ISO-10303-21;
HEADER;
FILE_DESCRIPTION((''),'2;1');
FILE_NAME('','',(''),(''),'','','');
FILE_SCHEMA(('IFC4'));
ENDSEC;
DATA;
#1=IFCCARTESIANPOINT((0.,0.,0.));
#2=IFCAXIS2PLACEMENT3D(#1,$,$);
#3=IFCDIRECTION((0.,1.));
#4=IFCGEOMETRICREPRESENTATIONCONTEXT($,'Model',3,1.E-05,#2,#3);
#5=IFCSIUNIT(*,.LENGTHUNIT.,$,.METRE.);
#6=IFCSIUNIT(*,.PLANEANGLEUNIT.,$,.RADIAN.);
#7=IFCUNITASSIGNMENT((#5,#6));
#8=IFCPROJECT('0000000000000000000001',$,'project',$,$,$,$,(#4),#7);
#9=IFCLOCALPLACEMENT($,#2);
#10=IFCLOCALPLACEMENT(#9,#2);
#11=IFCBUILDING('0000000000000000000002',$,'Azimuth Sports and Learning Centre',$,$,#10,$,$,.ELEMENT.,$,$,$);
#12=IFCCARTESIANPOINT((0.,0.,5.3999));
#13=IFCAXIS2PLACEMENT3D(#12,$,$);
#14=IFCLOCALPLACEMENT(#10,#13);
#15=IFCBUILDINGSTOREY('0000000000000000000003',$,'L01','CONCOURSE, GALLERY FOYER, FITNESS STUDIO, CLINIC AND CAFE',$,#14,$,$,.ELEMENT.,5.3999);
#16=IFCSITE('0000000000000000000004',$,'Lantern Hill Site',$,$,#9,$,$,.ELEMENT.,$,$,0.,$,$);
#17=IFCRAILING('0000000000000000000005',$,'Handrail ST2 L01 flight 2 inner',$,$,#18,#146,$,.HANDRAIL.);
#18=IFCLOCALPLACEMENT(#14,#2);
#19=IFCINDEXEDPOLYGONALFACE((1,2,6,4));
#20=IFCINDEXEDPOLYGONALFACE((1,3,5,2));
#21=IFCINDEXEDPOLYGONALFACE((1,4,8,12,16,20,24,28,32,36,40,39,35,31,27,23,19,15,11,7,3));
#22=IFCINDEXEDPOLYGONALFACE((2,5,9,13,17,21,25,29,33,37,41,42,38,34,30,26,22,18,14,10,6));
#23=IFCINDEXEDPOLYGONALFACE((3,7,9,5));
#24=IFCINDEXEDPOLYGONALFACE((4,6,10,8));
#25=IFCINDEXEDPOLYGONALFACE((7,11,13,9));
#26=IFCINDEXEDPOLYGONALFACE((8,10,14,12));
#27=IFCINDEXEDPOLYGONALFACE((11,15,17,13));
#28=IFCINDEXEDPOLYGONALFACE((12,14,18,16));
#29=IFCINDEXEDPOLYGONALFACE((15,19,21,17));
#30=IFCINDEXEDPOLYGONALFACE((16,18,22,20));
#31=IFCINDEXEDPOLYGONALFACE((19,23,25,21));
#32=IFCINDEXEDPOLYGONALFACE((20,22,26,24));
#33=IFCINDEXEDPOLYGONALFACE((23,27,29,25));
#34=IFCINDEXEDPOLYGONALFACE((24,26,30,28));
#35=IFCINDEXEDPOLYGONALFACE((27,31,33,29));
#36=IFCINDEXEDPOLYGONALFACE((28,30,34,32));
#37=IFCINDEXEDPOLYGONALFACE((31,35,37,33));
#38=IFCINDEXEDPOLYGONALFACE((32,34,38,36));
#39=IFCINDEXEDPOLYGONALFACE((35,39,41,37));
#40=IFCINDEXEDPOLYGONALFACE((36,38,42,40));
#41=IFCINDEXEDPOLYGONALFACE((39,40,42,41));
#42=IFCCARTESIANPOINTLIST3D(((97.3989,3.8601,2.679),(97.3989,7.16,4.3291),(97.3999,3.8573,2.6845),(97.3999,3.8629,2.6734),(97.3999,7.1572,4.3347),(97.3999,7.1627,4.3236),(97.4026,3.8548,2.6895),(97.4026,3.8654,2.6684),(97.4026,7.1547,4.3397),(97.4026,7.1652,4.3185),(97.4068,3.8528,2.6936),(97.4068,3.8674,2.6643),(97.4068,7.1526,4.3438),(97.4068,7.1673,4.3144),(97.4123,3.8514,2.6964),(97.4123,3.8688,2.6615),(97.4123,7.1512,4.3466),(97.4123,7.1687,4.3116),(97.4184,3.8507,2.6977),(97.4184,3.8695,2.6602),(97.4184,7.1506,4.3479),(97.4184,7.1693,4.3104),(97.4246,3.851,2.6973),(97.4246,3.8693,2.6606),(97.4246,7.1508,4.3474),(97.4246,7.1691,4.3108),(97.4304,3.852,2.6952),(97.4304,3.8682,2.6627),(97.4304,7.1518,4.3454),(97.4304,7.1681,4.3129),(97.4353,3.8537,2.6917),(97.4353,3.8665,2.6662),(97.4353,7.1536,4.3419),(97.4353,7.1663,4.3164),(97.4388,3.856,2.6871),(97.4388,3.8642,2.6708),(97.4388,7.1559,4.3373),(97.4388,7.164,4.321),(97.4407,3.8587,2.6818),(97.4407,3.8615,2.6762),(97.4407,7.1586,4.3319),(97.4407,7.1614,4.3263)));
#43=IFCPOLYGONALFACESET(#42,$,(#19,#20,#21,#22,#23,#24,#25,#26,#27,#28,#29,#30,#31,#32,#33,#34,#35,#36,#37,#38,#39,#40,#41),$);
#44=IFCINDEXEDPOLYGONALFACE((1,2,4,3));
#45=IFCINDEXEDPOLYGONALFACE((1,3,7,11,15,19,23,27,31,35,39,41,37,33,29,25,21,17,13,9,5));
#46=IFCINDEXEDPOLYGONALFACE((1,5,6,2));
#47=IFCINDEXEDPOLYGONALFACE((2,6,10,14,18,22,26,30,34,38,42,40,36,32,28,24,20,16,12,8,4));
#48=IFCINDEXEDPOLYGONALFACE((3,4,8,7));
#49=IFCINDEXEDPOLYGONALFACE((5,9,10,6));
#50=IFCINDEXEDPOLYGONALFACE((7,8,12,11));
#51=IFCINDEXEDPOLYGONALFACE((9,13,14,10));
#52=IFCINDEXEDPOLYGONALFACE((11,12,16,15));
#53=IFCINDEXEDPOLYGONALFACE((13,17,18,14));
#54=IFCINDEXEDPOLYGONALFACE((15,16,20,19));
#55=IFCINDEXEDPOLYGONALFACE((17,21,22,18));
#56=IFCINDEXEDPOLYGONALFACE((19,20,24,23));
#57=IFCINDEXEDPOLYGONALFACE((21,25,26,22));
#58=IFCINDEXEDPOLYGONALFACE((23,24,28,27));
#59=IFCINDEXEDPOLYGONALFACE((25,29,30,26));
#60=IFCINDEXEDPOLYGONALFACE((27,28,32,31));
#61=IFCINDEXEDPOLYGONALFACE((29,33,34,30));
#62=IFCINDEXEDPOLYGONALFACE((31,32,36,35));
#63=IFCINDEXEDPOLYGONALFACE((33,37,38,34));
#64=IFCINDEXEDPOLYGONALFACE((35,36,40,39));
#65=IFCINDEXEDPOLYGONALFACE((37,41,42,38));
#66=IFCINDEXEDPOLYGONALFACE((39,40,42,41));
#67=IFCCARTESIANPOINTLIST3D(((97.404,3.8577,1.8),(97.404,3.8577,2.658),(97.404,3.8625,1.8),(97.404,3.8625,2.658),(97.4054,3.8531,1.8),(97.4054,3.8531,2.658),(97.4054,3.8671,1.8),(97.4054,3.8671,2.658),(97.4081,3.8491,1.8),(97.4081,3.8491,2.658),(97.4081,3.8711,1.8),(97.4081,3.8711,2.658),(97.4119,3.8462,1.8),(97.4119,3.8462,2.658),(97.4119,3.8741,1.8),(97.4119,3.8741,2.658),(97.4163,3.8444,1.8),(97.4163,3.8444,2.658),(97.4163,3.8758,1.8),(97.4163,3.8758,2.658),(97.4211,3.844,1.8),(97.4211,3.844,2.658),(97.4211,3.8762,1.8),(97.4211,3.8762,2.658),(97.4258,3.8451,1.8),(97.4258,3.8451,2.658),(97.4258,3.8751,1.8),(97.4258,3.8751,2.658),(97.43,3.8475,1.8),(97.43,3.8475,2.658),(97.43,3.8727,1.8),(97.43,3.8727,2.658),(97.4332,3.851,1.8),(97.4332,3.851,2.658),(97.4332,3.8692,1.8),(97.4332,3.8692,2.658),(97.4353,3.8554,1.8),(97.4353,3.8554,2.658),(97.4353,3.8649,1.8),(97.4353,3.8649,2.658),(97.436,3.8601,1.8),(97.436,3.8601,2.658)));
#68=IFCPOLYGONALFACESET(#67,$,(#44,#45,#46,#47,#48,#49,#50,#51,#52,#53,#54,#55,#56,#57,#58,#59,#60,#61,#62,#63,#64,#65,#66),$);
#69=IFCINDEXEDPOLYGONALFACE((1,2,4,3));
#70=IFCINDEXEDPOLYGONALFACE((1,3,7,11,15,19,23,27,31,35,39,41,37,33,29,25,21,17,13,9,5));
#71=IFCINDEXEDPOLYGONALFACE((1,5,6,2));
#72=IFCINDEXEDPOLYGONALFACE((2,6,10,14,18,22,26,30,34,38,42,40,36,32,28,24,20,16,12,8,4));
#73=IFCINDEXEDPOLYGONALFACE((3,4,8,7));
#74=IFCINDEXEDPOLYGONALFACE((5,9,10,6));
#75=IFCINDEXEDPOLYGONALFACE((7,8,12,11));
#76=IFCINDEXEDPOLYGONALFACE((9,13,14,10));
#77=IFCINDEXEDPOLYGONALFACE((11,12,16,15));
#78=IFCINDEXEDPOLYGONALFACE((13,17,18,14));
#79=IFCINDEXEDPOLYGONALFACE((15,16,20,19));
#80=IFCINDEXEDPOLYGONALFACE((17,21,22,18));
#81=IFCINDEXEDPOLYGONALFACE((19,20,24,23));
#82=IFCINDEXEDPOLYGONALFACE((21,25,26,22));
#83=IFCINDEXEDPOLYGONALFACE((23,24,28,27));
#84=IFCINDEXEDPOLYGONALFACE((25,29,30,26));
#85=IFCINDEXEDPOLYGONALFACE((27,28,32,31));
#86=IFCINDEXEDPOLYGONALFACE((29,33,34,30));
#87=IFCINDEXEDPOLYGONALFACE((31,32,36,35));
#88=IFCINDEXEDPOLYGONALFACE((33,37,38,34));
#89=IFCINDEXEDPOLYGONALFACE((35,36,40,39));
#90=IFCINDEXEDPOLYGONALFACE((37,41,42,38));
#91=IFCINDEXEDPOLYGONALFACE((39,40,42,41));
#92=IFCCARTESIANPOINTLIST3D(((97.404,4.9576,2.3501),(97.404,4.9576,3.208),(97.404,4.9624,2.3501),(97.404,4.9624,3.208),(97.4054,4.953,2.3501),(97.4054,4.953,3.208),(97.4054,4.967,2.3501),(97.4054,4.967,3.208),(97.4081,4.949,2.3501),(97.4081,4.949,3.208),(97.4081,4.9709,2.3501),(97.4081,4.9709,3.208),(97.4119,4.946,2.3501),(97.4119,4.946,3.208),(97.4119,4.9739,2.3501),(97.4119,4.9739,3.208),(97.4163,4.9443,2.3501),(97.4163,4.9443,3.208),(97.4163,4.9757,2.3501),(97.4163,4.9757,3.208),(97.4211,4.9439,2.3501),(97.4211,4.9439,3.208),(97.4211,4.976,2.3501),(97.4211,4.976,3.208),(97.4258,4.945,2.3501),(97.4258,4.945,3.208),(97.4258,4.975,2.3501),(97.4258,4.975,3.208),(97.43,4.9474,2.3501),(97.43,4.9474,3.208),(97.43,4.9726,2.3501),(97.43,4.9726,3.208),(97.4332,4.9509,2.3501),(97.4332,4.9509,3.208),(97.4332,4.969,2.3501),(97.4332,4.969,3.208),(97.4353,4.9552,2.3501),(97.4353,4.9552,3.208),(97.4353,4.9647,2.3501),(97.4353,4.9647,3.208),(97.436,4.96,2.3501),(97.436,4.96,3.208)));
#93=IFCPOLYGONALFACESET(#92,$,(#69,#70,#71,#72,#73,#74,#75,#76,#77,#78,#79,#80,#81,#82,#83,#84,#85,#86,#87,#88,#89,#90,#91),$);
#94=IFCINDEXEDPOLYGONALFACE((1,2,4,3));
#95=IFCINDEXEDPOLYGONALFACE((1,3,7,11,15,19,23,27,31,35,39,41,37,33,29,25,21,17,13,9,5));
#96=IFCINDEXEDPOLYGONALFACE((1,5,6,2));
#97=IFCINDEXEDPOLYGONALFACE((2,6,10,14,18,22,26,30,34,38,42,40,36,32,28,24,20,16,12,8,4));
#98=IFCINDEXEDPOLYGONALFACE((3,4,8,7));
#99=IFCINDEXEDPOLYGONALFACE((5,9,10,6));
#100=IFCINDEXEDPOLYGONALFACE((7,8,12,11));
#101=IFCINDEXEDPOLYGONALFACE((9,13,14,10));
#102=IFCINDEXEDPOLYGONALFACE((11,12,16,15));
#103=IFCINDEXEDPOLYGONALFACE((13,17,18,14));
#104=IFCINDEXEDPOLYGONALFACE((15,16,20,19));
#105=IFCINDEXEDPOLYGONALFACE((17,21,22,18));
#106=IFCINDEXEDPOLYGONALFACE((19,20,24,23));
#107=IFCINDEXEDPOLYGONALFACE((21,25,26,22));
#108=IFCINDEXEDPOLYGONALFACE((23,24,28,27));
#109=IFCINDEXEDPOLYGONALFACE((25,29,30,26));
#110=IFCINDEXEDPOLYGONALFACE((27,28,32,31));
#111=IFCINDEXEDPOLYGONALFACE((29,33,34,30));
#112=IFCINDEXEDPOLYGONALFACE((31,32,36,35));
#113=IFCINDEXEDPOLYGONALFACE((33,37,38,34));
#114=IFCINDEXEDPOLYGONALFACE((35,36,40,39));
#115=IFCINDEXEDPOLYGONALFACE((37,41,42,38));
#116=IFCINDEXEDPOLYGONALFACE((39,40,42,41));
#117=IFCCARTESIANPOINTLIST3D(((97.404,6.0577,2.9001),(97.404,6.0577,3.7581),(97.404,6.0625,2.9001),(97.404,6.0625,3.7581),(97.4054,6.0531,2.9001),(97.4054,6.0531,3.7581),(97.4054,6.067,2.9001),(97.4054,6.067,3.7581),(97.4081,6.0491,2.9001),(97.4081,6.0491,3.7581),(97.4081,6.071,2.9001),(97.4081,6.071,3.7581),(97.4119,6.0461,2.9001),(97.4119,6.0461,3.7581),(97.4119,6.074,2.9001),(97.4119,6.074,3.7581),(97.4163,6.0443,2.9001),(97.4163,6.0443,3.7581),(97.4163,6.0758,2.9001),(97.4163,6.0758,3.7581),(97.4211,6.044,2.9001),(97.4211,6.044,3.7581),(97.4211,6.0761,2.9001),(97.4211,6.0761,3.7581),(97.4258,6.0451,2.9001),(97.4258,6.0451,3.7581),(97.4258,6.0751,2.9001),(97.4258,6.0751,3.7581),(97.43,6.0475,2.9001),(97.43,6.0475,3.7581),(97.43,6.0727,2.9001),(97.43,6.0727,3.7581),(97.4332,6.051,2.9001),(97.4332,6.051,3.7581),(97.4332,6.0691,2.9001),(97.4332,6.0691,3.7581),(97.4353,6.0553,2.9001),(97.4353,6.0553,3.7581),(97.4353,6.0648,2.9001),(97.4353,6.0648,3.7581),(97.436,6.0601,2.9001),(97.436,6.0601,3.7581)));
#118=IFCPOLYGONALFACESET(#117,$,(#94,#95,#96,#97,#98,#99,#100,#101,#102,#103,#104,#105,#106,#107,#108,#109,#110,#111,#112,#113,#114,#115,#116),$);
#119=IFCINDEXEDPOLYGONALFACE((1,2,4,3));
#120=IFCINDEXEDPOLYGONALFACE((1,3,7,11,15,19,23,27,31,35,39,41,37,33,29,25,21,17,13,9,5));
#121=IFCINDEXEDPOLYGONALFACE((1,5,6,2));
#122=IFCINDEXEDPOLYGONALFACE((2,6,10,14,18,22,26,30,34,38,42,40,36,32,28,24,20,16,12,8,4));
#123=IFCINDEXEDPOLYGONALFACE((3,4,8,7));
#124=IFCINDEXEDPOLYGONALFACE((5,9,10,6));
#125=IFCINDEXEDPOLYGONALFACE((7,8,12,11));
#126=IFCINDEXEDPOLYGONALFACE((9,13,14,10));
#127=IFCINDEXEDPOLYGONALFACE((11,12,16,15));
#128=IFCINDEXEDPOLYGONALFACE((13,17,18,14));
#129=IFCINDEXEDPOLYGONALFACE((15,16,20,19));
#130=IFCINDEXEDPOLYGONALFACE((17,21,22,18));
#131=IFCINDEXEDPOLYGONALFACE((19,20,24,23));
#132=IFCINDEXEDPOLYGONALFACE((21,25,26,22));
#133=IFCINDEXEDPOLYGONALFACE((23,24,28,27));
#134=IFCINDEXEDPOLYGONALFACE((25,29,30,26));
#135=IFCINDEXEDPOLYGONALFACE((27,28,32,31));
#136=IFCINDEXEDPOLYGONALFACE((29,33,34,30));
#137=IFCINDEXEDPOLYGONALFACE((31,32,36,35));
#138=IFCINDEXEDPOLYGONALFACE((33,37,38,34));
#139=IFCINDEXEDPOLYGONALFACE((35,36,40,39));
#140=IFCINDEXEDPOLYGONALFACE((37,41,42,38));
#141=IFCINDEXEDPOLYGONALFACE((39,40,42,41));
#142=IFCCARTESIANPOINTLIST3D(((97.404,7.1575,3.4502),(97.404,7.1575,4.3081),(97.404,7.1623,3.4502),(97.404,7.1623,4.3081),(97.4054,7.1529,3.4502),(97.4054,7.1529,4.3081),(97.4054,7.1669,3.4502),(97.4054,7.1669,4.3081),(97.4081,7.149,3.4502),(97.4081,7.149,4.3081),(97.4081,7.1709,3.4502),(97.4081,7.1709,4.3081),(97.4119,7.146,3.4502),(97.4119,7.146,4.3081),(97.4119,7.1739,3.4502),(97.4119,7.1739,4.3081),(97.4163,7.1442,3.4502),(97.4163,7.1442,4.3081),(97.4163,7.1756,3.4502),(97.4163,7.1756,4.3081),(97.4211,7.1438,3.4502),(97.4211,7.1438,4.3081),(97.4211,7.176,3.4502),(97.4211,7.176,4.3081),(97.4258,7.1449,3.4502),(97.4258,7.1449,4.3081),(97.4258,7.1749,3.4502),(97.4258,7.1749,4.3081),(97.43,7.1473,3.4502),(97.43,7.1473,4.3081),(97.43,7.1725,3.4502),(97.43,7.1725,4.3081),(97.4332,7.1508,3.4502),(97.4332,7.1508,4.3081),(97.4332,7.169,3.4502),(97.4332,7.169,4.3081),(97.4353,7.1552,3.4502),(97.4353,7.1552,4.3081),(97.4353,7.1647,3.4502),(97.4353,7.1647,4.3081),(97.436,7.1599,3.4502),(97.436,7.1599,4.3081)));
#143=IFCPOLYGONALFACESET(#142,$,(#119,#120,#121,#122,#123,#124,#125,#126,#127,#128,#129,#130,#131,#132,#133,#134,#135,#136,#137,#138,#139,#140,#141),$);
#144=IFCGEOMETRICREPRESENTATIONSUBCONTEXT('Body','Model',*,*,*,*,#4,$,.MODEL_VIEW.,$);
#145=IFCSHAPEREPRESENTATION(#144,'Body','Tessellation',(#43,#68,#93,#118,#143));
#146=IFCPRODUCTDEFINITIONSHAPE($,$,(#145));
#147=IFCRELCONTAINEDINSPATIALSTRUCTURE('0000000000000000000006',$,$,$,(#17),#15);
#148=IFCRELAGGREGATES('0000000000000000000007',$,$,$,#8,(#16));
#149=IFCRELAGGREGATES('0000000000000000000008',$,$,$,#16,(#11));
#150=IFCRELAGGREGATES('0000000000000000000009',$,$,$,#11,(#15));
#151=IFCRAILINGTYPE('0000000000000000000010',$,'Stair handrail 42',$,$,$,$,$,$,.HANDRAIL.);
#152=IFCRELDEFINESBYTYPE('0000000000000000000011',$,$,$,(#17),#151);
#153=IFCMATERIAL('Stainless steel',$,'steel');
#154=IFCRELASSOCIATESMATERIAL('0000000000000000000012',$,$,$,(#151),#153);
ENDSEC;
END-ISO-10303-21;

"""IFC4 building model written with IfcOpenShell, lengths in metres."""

from ifc_helpers import new_model, si_unit, direction, frame, origin, origin_2d, place, context, subcontext, project, spatial, circle, extrude, material, type_object, element, save


model = new_model("IFC4")

# Units and contexts
model_context = context("Model", 3, precision=1e-05, world=origin(), true_north=direction((0.0, 1.0)))
body_context = subcontext(model_context, "Body", "Model", "MODEL_VIEW")
ifc_project = project(units=[si_unit("LENGTHUNIT", "METRE"), si_unit("PLANEANGLEUNIT", "RADIAN")], contexts=[model_context])

# Site, building, storey
site_placement = place(None, origin())
site = spatial("IfcSite", under=ifc_project, at=site_placement, Name="Lantern Hill Site", CompositionType="ELEMENT", RefElevation=0.0)
building_placement = place(site_placement, origin())
building = spatial("IfcBuilding", under=site, at=building_placement, Name="Azimuth Sports and Learning Centre", CompositionType="ELEMENT")
storey_placement = place(building_placement, frame((0.0, 0.0, 5.3999)))
storey = spatial("IfcBuildingStorey", under=building, at=storey_placement, Name="L01", Description="CONCOURSE, GALLERY FOYER, FITNESS STUDIO, CLINIC AND CAFE", CompositionType="ELEMENT", Elevation=5.3999)

# Railing
ifc_material_1 = material(Name="Stainless steel", Category="steel")
railing_type = type_object("IfcRailingType", Name="Stair handrail 42", PredefinedType="HANDRAIL", material=ifc_material_1)
for number, where, name in (
    (1, (97.4199, 3.8601, 1.8), "Handrail ST2 L01 flight 2 inner"),
):
    element("IfcRailing", number, at=place(storey_placement, frame(where)), inside=storey, type_object=railing_type, Name=name, PredefinedType="HANDRAIL", context=body_context, shape_type="SweptSolid", body=[
        extrude(circle(Radius=0.021, at=origin_2d()), frame((0.0, 0.0, 0.8789), z_axis=(0.0, 0.894401, 0.447267), x_axis=(-1.0, 0.0, 0.0)), (0.0, 0.0, 1.0), 3.6895),
        extrude(circle(Radius=0.0161, at=origin_2d()), origin(), (0.0, 0.0, 1.0), 0.8579),
        extrude(circle(Radius=0.0161, at=origin_2d()), frame((0.0, 1.0999, 0.55)), (0.0, 0.0, 1.0), 0.8579),
        extrude(circle(Radius=0.0161, at=origin_2d()), frame((0.0, 2.2, 1.1001)), (0.0, 0.0, 1.0), 0.8579),
        extrude(circle(Radius=0.0161, at=origin_2d()), frame((0.0, 3.2998, 1.6501)), (0.0, 0.0, 1.0), 0.8579),
    ])

save(model, "model.ifc")
